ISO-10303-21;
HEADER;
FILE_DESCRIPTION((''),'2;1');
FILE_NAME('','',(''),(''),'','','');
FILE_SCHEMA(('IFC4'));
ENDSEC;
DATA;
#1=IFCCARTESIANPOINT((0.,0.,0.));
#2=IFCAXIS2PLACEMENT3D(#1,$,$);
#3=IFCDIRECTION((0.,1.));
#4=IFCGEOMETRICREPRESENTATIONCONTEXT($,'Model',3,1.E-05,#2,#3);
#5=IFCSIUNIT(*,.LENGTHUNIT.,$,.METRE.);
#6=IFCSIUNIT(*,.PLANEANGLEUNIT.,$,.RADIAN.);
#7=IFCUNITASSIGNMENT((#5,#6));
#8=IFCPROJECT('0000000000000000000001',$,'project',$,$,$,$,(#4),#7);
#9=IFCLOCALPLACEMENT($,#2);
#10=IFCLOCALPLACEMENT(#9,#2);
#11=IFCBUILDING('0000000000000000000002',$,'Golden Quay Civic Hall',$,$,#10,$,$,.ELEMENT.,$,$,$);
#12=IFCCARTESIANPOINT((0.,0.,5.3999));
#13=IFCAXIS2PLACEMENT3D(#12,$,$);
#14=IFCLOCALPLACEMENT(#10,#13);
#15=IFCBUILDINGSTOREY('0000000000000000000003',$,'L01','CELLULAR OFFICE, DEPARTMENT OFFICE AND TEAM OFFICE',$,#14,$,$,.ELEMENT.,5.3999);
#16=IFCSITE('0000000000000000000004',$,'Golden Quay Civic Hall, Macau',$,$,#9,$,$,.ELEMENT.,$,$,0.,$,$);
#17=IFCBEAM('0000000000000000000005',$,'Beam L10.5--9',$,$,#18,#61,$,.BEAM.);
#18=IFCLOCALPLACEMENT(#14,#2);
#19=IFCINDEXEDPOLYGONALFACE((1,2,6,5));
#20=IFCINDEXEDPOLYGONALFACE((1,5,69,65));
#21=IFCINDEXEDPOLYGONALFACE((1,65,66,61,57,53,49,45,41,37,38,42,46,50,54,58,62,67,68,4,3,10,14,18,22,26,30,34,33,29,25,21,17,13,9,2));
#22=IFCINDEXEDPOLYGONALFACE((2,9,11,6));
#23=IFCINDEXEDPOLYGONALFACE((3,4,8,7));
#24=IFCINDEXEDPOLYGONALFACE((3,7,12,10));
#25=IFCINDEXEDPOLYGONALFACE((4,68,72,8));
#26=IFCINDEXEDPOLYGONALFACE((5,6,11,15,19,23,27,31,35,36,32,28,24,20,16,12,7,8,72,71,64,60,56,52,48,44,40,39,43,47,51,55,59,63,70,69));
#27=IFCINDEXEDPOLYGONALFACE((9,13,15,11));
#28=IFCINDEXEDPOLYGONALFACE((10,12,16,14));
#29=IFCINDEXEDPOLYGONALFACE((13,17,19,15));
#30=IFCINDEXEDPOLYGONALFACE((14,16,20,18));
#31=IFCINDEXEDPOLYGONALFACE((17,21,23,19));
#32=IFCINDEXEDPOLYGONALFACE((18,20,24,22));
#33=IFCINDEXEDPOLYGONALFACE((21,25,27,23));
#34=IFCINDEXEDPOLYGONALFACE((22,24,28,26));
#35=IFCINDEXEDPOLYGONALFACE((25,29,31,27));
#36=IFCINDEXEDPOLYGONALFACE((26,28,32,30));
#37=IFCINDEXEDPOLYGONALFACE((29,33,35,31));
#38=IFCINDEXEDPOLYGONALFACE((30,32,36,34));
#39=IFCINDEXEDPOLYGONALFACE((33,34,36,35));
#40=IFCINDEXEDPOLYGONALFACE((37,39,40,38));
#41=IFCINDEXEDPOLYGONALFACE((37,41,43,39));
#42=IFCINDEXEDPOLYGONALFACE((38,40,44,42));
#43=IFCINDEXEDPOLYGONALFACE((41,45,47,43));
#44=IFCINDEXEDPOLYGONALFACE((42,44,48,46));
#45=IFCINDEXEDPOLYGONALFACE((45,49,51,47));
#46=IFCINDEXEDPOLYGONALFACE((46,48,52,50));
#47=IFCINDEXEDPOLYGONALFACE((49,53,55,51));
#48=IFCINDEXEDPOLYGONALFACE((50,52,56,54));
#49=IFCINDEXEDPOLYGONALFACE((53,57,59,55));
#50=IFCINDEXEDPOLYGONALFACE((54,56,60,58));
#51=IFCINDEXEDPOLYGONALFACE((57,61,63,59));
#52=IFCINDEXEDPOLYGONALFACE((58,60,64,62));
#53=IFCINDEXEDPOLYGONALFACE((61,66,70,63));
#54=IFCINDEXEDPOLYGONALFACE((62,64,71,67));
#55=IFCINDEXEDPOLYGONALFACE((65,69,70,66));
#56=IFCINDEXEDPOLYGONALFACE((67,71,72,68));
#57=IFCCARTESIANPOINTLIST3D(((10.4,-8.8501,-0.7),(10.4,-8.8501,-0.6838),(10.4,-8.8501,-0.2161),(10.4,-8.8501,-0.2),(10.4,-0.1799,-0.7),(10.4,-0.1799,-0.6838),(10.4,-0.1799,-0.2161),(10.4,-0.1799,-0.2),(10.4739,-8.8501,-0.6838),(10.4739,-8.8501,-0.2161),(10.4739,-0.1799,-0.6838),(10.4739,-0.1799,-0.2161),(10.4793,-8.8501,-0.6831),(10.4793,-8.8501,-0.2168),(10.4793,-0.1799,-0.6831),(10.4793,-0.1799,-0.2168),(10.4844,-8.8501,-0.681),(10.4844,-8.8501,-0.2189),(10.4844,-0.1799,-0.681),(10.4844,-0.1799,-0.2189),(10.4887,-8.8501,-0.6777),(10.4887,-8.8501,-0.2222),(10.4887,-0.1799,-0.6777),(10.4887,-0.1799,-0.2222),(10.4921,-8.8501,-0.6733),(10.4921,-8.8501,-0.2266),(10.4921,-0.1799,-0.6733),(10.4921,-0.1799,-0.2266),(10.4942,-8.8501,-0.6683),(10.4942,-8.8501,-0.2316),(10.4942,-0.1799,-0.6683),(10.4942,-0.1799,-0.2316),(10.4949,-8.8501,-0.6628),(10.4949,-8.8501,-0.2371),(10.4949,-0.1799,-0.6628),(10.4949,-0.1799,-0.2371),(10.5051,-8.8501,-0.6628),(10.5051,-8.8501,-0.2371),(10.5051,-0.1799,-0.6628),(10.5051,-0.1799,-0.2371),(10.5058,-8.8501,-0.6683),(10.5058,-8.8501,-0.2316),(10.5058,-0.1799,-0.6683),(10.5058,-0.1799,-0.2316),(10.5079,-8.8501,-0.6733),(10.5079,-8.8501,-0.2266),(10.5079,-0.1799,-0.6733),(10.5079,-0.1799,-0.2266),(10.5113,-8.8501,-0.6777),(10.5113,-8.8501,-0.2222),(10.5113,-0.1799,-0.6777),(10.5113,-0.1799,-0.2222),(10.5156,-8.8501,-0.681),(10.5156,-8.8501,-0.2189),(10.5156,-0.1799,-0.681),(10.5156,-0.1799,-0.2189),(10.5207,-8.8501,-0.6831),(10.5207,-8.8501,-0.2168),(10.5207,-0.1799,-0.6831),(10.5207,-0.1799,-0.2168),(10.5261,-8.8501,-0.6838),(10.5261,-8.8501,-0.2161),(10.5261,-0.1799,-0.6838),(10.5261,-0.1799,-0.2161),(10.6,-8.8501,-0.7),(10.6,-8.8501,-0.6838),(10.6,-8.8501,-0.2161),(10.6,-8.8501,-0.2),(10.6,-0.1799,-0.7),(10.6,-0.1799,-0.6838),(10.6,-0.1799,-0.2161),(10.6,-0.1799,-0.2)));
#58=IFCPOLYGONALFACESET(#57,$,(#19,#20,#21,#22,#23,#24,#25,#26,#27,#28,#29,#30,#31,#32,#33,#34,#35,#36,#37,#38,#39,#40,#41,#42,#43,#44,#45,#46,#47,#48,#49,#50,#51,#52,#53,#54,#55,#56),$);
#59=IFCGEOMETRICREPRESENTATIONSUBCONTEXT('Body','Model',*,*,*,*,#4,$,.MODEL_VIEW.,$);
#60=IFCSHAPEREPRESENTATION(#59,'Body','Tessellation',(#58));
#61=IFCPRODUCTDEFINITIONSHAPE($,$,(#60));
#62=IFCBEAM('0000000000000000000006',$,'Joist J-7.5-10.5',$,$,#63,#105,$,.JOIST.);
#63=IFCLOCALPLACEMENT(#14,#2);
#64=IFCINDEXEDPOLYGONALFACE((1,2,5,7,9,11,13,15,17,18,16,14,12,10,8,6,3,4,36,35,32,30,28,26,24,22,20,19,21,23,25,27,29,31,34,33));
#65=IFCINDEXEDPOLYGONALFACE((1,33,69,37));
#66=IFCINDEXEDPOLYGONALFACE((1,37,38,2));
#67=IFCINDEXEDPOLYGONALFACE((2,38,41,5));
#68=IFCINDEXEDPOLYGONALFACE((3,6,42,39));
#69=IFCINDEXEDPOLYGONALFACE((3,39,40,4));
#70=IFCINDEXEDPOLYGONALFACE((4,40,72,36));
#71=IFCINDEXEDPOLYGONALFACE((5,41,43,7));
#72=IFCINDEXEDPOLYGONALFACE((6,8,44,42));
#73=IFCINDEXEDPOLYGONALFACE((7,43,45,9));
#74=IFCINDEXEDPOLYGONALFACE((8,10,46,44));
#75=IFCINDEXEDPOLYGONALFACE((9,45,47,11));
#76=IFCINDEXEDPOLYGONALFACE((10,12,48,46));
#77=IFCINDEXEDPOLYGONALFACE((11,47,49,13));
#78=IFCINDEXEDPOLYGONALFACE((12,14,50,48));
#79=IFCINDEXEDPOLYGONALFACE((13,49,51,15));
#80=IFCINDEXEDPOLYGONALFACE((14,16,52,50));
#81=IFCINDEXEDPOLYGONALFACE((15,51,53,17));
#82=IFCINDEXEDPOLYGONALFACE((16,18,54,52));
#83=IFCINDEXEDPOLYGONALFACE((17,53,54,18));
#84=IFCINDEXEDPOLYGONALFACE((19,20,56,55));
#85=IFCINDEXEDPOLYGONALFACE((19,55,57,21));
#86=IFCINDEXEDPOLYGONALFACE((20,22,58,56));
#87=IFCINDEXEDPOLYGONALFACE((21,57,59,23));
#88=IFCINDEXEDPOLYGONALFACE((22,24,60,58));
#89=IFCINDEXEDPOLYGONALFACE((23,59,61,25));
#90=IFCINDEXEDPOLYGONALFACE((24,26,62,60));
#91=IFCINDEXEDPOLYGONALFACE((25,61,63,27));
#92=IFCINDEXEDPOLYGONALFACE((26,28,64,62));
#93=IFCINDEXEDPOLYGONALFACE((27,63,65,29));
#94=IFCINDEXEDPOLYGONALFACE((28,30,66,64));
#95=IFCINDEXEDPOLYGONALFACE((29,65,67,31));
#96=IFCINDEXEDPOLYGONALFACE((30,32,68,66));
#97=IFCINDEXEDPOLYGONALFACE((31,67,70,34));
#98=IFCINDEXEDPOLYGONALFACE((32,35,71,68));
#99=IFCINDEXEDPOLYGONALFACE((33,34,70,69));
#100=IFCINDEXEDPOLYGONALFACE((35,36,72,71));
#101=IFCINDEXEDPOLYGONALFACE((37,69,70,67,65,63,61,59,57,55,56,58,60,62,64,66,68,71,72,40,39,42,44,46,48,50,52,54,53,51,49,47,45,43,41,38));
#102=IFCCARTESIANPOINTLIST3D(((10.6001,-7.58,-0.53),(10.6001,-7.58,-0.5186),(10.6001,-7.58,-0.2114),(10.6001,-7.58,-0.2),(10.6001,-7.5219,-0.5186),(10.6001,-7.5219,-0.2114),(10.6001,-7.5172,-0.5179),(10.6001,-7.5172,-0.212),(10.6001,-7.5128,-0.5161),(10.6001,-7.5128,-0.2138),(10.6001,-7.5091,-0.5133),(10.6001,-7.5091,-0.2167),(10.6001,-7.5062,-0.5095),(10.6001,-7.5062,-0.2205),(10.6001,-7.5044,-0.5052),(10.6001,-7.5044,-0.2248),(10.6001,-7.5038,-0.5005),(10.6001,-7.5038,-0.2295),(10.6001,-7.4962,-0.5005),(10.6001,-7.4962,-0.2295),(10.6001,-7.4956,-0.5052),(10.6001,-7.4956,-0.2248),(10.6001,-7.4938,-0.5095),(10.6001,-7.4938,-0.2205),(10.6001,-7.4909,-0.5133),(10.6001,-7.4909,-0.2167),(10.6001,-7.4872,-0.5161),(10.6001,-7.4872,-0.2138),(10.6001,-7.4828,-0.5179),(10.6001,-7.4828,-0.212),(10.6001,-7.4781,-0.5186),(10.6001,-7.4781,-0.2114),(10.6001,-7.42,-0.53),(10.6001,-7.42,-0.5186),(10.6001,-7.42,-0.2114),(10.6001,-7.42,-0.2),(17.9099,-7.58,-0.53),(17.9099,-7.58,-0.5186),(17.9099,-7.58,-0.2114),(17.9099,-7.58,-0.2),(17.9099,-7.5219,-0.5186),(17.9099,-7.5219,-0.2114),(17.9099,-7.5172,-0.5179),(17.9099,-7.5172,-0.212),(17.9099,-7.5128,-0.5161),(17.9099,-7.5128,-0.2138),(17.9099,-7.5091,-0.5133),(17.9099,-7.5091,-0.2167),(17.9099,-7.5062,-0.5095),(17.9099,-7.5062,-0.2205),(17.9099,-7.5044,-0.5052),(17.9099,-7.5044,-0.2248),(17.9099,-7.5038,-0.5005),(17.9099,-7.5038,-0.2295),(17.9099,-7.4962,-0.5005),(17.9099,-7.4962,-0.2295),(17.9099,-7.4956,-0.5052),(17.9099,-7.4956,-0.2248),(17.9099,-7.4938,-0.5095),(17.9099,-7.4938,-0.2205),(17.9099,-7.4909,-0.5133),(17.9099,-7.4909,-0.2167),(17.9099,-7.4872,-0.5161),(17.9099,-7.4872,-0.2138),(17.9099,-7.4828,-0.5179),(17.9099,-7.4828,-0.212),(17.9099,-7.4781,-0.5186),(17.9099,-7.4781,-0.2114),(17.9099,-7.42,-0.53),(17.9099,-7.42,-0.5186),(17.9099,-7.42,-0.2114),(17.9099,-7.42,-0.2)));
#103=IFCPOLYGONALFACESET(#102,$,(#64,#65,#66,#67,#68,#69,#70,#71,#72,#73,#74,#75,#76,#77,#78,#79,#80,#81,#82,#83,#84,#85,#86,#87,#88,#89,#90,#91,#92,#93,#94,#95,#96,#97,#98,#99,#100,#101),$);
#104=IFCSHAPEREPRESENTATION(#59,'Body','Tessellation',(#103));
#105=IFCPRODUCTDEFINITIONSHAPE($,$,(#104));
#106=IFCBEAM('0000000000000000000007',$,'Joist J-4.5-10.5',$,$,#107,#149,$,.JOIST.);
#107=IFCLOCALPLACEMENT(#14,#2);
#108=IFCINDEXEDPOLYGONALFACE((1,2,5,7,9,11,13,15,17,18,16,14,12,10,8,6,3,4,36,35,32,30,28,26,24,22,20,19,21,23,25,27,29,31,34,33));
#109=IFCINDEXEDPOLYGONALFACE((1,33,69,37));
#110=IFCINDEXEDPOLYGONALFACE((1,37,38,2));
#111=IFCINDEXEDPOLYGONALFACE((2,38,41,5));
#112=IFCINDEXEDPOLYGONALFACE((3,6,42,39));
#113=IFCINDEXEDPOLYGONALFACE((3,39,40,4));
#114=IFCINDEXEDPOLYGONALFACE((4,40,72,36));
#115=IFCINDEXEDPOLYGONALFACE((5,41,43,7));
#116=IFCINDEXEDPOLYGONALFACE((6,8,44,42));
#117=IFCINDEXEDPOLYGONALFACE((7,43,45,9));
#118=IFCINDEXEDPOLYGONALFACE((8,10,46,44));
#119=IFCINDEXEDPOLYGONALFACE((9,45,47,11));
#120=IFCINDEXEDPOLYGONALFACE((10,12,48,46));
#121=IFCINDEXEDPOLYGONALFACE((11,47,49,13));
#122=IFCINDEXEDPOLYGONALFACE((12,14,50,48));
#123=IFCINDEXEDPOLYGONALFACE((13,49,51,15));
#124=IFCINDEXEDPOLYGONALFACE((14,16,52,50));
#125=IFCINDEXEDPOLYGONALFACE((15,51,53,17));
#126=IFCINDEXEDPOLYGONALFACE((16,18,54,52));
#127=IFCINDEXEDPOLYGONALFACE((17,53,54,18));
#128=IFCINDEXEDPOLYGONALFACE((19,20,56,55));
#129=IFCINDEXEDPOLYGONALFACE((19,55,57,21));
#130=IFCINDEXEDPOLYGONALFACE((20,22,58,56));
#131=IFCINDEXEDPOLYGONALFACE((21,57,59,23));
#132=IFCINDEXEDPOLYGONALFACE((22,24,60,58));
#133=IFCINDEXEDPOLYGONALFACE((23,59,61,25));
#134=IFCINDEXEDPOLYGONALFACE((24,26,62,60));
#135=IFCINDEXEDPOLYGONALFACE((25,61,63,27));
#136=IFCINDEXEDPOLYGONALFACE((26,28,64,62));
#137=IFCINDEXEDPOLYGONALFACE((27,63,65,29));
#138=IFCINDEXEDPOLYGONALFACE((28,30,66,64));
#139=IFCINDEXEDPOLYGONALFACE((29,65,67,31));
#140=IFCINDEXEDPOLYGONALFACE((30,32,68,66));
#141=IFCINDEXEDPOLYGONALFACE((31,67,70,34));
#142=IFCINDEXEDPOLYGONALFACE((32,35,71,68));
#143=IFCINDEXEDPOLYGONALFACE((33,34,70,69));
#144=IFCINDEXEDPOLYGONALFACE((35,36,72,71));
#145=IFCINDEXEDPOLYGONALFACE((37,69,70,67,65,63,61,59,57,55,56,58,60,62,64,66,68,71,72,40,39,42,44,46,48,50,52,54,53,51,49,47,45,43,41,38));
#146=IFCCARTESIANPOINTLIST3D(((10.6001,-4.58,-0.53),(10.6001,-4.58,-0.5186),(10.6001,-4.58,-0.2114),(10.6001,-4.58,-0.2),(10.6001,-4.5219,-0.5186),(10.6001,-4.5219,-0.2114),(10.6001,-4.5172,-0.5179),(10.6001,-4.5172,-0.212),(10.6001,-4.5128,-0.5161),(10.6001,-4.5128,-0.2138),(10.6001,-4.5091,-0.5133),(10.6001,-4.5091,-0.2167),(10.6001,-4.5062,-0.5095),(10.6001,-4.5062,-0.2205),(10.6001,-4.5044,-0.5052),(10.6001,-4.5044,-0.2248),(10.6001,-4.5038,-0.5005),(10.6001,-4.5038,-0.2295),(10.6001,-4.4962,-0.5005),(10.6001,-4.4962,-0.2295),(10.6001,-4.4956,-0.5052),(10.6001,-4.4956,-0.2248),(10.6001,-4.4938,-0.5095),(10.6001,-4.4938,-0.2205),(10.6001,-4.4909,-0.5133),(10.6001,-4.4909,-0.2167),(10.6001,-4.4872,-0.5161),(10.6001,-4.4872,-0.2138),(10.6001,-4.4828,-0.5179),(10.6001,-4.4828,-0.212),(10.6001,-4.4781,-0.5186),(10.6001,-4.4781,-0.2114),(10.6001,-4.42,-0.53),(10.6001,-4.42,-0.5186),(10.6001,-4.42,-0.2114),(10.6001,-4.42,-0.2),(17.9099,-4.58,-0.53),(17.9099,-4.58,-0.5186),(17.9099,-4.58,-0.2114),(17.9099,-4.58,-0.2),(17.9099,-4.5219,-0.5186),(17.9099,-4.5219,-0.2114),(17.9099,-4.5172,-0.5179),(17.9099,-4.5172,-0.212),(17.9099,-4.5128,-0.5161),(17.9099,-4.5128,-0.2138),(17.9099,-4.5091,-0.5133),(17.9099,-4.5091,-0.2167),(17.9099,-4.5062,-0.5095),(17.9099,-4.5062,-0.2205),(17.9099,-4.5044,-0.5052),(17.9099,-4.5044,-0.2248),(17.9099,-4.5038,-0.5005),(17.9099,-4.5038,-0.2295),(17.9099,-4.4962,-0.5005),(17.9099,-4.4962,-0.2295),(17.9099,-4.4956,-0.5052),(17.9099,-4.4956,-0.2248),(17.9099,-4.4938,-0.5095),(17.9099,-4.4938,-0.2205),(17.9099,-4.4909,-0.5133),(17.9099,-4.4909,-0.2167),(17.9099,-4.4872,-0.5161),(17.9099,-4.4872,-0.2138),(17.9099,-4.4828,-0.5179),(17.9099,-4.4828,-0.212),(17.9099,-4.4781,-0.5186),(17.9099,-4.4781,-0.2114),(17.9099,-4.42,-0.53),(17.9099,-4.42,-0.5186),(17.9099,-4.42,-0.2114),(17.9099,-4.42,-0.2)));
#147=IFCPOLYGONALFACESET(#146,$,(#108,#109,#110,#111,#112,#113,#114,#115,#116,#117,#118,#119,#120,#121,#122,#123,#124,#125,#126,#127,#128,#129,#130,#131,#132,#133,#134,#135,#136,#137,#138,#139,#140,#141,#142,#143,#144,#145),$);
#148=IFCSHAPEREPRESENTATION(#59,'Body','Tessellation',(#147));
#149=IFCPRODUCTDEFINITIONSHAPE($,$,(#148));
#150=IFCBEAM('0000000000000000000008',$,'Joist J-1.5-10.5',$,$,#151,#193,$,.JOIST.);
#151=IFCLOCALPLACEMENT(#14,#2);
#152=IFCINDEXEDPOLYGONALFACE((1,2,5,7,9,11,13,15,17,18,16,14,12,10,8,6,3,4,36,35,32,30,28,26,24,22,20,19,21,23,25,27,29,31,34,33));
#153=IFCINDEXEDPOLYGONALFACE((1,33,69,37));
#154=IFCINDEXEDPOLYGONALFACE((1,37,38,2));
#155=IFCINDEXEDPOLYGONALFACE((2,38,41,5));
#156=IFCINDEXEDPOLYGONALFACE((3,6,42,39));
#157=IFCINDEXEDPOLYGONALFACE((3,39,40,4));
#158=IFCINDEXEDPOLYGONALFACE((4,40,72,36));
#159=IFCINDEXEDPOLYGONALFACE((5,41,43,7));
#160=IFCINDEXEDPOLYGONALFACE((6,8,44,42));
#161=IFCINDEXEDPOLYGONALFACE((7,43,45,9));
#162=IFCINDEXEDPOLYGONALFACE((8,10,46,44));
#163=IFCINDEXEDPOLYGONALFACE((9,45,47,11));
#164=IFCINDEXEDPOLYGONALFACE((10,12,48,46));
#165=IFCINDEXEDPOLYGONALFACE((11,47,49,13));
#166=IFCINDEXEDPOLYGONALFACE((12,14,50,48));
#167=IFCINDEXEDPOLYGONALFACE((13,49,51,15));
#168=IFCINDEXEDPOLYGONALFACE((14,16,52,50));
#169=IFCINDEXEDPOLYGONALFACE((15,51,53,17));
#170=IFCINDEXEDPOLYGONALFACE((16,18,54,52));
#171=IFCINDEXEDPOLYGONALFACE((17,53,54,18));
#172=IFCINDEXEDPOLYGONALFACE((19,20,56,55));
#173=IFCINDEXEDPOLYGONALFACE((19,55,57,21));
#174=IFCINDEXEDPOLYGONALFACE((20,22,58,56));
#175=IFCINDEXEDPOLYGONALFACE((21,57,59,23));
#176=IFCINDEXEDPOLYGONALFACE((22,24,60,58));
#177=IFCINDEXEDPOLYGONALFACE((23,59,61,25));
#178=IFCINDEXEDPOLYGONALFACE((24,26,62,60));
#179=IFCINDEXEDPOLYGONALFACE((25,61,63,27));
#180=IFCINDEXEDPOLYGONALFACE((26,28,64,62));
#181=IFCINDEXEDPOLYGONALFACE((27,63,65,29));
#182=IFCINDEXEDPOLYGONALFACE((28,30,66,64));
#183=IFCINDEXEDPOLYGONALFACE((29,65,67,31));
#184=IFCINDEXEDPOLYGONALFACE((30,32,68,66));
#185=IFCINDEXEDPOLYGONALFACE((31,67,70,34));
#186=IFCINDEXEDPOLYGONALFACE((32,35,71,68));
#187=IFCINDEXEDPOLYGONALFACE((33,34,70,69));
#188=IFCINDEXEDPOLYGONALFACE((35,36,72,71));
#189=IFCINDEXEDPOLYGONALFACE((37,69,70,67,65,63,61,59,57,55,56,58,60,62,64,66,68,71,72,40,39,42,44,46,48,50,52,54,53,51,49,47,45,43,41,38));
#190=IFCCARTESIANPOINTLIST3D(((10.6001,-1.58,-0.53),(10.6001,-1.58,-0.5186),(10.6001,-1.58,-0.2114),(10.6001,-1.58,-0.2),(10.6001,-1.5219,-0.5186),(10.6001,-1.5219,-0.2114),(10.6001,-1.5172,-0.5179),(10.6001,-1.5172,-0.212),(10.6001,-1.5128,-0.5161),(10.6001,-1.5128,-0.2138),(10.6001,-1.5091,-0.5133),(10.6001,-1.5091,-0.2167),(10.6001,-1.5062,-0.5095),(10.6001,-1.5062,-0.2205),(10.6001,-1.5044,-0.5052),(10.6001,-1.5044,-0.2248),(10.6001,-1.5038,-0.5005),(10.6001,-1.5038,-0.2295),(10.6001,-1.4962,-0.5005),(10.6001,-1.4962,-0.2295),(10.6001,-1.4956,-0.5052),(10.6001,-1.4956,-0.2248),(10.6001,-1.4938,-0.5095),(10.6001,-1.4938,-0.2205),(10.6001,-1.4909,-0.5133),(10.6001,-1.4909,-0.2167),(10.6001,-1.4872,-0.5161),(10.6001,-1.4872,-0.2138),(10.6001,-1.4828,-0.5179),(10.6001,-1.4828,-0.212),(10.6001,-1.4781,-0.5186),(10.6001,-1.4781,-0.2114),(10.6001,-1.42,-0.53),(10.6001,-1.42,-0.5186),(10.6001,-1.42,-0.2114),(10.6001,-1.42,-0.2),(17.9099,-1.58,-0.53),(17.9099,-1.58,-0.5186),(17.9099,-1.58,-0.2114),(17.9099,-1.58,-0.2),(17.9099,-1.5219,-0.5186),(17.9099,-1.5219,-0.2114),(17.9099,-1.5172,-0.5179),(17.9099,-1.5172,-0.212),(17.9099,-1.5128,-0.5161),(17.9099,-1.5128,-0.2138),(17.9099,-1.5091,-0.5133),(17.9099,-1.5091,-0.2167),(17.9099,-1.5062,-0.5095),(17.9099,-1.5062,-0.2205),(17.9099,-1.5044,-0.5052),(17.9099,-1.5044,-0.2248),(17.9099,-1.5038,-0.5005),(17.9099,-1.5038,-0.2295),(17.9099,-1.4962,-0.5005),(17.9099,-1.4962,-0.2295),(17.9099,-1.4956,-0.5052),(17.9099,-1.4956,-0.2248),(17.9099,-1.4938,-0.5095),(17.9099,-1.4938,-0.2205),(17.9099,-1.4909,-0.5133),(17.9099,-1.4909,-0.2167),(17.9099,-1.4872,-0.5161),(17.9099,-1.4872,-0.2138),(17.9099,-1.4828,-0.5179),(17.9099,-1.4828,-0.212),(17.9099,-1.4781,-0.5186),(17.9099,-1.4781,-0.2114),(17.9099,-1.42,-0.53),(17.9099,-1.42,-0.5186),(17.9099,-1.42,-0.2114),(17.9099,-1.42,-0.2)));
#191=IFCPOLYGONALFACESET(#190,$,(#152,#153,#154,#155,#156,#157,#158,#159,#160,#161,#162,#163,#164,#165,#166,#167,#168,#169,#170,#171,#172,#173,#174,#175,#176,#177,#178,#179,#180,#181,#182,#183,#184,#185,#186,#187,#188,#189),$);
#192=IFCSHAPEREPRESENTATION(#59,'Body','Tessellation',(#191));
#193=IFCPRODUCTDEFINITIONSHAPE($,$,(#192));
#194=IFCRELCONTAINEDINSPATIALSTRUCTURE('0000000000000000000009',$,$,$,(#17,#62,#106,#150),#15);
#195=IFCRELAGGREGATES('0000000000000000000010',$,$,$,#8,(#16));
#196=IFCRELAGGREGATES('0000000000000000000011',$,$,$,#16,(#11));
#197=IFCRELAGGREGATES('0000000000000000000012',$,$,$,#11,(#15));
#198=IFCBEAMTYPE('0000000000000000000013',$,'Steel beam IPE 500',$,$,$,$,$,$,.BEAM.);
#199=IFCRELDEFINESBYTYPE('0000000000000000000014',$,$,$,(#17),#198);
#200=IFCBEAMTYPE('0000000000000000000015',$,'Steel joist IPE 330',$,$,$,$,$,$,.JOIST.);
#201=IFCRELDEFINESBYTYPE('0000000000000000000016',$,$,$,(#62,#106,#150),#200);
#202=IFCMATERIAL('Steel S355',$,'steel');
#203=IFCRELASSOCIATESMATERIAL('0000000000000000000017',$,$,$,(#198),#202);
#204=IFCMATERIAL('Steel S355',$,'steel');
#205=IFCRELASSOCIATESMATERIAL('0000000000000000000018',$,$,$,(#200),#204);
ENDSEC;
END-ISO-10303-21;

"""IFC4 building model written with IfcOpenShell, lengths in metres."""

from ifc_helpers import new_model, si_unit, direction, frame, origin, origin_2d, place, context, subcontext, project, spatial, i_section, extrude, material, material_profile, profile_set, type_object, element, save


model = new_model("IFC4")

# Units and contexts
model_context = context("Model", 3, precision=1e-05, world=origin(), true_north=direction((0.0, 1.0)))
body_context = subcontext(model_context, "Body", "Model", "MODEL_VIEW")
ifc_project = project(units=[si_unit("LENGTHUNIT", "METRE"), si_unit("PLANEANGLEUNIT", "RADIAN")], contexts=[model_context])

# Site, building, storey
site_placement = place(None, origin())
site = spatial("IfcSite", under=ifc_project, at=site_placement, Name="Golden Quay Civic Hall, Macau", CompositionType="ELEMENT", RefElevation=0.0)
building_placement = place(site_placement, origin())
building = spatial("IfcBuilding", under=site, at=building_placement, Name="Golden Quay Civic Hall", CompositionType="ELEMENT")
storey_placement = place(building_placement, frame((0.0, 0.0, 5.3999)))
storey = spatial("IfcBuildingStorey", under=building, at=storey_placement, Name="L01", Description="CELLULAR OFFICE, DEPARTMENT OFFICE AND TEAM OFFICE", CompositionType="ELEMENT", Elevation=5.3999)

# Beams
ifc_material_1 = material(Name="Steel S355", Category="steel")
ifc_material_profile_1 = material_profile(ifc_material_1, i_section(OverallWidth=0.2, OverallDepth=0.5, WebThickness=0.0103, FlangeThickness=0.0161, FilletRadius=0.021, at=origin_2d()), Name="IPE 500")
ifc_profile_set_1 = profile_set([ifc_material_profile_1], Name="Steel S355")
beam_type_1 = type_object("IfcBeamType", Name="Steel beam IPE 500", PredefinedType="BEAM", material=ifc_profile_set_1)
beam_placement = place(storey_placement, frame((10.5, -8.8501, -0.45), z_axis=(0.0, 1.0, 0.0), x_axis=(-1.0, 0.0, 0.0)))
element("IfcBeam", 1, at=beam_placement, inside=storey, type_object=beam_type_1, Name="Beam L10.5--9", PredefinedType="BEAM", context=body_context, shape_type="SweptSolid", body=[
    extrude(i_section(OverallWidth=0.2, OverallDepth=0.5, WebThickness=0.0103, FlangeThickness=0.0161, FilletRadius=0.021, at=origin_2d()), origin(), (0.0, 0.0, 1.0), 8.6702),
])
ifc_material_2 = material(Name="Steel S355", Category="steel")
ifc_material_profile_2 = material_profile(ifc_material_2, i_section(OverallWidth=0.1599, OverallDepth=0.3301, WebThickness=0.0076, FlangeThickness=0.0115, FilletRadius=0.0181, at=origin_2d()), Name="IPE 330")
ifc_profile_set_2 = profile_set([ifc_material_profile_2], Name="Steel S355")
beam_type_2 = type_object("IfcBeamType", Name="Steel joist IPE 330", PredefinedType="JOIST", material=ifc_profile_set_2)
for number, where, z_axis, x_axis, name in (
    (2, (10.6001, -7.5, -0.365), (1.0, 0.0, 0.0), (0.0, 1.0, 0.0), "Joist J-7.5-10.5"),
    (3, (10.6001, -4.5, -0.365), (1.0, 0.0, 0.0), (0.0, 1.0, 0.0), "Joist J-4.5-10.5"),
    (4, (10.6001, -1.5, -0.365), (1.0, 0.0, 0.0), (0.0, 1.0, 0.0), "Joist J-1.5-10.5"),
):
    element("IfcBeam", number, at=place(storey_placement, frame(where, z_axis=z_axis, x_axis=x_axis)), inside=storey, type_object=beam_type_2, Name=name, PredefinedType="JOIST", context=body_context, shape_type="SweptSolid", body=[
        extrude(i_section(OverallWidth=0.1599, OverallDepth=0.3301, WebThickness=0.0076, FlangeThickness=0.0115, FilletRadius=0.0181, at=origin_2d()), origin(), (0.0, 0.0, 1.0), 7.3098),
    ])

save(model, "model.ifc")
